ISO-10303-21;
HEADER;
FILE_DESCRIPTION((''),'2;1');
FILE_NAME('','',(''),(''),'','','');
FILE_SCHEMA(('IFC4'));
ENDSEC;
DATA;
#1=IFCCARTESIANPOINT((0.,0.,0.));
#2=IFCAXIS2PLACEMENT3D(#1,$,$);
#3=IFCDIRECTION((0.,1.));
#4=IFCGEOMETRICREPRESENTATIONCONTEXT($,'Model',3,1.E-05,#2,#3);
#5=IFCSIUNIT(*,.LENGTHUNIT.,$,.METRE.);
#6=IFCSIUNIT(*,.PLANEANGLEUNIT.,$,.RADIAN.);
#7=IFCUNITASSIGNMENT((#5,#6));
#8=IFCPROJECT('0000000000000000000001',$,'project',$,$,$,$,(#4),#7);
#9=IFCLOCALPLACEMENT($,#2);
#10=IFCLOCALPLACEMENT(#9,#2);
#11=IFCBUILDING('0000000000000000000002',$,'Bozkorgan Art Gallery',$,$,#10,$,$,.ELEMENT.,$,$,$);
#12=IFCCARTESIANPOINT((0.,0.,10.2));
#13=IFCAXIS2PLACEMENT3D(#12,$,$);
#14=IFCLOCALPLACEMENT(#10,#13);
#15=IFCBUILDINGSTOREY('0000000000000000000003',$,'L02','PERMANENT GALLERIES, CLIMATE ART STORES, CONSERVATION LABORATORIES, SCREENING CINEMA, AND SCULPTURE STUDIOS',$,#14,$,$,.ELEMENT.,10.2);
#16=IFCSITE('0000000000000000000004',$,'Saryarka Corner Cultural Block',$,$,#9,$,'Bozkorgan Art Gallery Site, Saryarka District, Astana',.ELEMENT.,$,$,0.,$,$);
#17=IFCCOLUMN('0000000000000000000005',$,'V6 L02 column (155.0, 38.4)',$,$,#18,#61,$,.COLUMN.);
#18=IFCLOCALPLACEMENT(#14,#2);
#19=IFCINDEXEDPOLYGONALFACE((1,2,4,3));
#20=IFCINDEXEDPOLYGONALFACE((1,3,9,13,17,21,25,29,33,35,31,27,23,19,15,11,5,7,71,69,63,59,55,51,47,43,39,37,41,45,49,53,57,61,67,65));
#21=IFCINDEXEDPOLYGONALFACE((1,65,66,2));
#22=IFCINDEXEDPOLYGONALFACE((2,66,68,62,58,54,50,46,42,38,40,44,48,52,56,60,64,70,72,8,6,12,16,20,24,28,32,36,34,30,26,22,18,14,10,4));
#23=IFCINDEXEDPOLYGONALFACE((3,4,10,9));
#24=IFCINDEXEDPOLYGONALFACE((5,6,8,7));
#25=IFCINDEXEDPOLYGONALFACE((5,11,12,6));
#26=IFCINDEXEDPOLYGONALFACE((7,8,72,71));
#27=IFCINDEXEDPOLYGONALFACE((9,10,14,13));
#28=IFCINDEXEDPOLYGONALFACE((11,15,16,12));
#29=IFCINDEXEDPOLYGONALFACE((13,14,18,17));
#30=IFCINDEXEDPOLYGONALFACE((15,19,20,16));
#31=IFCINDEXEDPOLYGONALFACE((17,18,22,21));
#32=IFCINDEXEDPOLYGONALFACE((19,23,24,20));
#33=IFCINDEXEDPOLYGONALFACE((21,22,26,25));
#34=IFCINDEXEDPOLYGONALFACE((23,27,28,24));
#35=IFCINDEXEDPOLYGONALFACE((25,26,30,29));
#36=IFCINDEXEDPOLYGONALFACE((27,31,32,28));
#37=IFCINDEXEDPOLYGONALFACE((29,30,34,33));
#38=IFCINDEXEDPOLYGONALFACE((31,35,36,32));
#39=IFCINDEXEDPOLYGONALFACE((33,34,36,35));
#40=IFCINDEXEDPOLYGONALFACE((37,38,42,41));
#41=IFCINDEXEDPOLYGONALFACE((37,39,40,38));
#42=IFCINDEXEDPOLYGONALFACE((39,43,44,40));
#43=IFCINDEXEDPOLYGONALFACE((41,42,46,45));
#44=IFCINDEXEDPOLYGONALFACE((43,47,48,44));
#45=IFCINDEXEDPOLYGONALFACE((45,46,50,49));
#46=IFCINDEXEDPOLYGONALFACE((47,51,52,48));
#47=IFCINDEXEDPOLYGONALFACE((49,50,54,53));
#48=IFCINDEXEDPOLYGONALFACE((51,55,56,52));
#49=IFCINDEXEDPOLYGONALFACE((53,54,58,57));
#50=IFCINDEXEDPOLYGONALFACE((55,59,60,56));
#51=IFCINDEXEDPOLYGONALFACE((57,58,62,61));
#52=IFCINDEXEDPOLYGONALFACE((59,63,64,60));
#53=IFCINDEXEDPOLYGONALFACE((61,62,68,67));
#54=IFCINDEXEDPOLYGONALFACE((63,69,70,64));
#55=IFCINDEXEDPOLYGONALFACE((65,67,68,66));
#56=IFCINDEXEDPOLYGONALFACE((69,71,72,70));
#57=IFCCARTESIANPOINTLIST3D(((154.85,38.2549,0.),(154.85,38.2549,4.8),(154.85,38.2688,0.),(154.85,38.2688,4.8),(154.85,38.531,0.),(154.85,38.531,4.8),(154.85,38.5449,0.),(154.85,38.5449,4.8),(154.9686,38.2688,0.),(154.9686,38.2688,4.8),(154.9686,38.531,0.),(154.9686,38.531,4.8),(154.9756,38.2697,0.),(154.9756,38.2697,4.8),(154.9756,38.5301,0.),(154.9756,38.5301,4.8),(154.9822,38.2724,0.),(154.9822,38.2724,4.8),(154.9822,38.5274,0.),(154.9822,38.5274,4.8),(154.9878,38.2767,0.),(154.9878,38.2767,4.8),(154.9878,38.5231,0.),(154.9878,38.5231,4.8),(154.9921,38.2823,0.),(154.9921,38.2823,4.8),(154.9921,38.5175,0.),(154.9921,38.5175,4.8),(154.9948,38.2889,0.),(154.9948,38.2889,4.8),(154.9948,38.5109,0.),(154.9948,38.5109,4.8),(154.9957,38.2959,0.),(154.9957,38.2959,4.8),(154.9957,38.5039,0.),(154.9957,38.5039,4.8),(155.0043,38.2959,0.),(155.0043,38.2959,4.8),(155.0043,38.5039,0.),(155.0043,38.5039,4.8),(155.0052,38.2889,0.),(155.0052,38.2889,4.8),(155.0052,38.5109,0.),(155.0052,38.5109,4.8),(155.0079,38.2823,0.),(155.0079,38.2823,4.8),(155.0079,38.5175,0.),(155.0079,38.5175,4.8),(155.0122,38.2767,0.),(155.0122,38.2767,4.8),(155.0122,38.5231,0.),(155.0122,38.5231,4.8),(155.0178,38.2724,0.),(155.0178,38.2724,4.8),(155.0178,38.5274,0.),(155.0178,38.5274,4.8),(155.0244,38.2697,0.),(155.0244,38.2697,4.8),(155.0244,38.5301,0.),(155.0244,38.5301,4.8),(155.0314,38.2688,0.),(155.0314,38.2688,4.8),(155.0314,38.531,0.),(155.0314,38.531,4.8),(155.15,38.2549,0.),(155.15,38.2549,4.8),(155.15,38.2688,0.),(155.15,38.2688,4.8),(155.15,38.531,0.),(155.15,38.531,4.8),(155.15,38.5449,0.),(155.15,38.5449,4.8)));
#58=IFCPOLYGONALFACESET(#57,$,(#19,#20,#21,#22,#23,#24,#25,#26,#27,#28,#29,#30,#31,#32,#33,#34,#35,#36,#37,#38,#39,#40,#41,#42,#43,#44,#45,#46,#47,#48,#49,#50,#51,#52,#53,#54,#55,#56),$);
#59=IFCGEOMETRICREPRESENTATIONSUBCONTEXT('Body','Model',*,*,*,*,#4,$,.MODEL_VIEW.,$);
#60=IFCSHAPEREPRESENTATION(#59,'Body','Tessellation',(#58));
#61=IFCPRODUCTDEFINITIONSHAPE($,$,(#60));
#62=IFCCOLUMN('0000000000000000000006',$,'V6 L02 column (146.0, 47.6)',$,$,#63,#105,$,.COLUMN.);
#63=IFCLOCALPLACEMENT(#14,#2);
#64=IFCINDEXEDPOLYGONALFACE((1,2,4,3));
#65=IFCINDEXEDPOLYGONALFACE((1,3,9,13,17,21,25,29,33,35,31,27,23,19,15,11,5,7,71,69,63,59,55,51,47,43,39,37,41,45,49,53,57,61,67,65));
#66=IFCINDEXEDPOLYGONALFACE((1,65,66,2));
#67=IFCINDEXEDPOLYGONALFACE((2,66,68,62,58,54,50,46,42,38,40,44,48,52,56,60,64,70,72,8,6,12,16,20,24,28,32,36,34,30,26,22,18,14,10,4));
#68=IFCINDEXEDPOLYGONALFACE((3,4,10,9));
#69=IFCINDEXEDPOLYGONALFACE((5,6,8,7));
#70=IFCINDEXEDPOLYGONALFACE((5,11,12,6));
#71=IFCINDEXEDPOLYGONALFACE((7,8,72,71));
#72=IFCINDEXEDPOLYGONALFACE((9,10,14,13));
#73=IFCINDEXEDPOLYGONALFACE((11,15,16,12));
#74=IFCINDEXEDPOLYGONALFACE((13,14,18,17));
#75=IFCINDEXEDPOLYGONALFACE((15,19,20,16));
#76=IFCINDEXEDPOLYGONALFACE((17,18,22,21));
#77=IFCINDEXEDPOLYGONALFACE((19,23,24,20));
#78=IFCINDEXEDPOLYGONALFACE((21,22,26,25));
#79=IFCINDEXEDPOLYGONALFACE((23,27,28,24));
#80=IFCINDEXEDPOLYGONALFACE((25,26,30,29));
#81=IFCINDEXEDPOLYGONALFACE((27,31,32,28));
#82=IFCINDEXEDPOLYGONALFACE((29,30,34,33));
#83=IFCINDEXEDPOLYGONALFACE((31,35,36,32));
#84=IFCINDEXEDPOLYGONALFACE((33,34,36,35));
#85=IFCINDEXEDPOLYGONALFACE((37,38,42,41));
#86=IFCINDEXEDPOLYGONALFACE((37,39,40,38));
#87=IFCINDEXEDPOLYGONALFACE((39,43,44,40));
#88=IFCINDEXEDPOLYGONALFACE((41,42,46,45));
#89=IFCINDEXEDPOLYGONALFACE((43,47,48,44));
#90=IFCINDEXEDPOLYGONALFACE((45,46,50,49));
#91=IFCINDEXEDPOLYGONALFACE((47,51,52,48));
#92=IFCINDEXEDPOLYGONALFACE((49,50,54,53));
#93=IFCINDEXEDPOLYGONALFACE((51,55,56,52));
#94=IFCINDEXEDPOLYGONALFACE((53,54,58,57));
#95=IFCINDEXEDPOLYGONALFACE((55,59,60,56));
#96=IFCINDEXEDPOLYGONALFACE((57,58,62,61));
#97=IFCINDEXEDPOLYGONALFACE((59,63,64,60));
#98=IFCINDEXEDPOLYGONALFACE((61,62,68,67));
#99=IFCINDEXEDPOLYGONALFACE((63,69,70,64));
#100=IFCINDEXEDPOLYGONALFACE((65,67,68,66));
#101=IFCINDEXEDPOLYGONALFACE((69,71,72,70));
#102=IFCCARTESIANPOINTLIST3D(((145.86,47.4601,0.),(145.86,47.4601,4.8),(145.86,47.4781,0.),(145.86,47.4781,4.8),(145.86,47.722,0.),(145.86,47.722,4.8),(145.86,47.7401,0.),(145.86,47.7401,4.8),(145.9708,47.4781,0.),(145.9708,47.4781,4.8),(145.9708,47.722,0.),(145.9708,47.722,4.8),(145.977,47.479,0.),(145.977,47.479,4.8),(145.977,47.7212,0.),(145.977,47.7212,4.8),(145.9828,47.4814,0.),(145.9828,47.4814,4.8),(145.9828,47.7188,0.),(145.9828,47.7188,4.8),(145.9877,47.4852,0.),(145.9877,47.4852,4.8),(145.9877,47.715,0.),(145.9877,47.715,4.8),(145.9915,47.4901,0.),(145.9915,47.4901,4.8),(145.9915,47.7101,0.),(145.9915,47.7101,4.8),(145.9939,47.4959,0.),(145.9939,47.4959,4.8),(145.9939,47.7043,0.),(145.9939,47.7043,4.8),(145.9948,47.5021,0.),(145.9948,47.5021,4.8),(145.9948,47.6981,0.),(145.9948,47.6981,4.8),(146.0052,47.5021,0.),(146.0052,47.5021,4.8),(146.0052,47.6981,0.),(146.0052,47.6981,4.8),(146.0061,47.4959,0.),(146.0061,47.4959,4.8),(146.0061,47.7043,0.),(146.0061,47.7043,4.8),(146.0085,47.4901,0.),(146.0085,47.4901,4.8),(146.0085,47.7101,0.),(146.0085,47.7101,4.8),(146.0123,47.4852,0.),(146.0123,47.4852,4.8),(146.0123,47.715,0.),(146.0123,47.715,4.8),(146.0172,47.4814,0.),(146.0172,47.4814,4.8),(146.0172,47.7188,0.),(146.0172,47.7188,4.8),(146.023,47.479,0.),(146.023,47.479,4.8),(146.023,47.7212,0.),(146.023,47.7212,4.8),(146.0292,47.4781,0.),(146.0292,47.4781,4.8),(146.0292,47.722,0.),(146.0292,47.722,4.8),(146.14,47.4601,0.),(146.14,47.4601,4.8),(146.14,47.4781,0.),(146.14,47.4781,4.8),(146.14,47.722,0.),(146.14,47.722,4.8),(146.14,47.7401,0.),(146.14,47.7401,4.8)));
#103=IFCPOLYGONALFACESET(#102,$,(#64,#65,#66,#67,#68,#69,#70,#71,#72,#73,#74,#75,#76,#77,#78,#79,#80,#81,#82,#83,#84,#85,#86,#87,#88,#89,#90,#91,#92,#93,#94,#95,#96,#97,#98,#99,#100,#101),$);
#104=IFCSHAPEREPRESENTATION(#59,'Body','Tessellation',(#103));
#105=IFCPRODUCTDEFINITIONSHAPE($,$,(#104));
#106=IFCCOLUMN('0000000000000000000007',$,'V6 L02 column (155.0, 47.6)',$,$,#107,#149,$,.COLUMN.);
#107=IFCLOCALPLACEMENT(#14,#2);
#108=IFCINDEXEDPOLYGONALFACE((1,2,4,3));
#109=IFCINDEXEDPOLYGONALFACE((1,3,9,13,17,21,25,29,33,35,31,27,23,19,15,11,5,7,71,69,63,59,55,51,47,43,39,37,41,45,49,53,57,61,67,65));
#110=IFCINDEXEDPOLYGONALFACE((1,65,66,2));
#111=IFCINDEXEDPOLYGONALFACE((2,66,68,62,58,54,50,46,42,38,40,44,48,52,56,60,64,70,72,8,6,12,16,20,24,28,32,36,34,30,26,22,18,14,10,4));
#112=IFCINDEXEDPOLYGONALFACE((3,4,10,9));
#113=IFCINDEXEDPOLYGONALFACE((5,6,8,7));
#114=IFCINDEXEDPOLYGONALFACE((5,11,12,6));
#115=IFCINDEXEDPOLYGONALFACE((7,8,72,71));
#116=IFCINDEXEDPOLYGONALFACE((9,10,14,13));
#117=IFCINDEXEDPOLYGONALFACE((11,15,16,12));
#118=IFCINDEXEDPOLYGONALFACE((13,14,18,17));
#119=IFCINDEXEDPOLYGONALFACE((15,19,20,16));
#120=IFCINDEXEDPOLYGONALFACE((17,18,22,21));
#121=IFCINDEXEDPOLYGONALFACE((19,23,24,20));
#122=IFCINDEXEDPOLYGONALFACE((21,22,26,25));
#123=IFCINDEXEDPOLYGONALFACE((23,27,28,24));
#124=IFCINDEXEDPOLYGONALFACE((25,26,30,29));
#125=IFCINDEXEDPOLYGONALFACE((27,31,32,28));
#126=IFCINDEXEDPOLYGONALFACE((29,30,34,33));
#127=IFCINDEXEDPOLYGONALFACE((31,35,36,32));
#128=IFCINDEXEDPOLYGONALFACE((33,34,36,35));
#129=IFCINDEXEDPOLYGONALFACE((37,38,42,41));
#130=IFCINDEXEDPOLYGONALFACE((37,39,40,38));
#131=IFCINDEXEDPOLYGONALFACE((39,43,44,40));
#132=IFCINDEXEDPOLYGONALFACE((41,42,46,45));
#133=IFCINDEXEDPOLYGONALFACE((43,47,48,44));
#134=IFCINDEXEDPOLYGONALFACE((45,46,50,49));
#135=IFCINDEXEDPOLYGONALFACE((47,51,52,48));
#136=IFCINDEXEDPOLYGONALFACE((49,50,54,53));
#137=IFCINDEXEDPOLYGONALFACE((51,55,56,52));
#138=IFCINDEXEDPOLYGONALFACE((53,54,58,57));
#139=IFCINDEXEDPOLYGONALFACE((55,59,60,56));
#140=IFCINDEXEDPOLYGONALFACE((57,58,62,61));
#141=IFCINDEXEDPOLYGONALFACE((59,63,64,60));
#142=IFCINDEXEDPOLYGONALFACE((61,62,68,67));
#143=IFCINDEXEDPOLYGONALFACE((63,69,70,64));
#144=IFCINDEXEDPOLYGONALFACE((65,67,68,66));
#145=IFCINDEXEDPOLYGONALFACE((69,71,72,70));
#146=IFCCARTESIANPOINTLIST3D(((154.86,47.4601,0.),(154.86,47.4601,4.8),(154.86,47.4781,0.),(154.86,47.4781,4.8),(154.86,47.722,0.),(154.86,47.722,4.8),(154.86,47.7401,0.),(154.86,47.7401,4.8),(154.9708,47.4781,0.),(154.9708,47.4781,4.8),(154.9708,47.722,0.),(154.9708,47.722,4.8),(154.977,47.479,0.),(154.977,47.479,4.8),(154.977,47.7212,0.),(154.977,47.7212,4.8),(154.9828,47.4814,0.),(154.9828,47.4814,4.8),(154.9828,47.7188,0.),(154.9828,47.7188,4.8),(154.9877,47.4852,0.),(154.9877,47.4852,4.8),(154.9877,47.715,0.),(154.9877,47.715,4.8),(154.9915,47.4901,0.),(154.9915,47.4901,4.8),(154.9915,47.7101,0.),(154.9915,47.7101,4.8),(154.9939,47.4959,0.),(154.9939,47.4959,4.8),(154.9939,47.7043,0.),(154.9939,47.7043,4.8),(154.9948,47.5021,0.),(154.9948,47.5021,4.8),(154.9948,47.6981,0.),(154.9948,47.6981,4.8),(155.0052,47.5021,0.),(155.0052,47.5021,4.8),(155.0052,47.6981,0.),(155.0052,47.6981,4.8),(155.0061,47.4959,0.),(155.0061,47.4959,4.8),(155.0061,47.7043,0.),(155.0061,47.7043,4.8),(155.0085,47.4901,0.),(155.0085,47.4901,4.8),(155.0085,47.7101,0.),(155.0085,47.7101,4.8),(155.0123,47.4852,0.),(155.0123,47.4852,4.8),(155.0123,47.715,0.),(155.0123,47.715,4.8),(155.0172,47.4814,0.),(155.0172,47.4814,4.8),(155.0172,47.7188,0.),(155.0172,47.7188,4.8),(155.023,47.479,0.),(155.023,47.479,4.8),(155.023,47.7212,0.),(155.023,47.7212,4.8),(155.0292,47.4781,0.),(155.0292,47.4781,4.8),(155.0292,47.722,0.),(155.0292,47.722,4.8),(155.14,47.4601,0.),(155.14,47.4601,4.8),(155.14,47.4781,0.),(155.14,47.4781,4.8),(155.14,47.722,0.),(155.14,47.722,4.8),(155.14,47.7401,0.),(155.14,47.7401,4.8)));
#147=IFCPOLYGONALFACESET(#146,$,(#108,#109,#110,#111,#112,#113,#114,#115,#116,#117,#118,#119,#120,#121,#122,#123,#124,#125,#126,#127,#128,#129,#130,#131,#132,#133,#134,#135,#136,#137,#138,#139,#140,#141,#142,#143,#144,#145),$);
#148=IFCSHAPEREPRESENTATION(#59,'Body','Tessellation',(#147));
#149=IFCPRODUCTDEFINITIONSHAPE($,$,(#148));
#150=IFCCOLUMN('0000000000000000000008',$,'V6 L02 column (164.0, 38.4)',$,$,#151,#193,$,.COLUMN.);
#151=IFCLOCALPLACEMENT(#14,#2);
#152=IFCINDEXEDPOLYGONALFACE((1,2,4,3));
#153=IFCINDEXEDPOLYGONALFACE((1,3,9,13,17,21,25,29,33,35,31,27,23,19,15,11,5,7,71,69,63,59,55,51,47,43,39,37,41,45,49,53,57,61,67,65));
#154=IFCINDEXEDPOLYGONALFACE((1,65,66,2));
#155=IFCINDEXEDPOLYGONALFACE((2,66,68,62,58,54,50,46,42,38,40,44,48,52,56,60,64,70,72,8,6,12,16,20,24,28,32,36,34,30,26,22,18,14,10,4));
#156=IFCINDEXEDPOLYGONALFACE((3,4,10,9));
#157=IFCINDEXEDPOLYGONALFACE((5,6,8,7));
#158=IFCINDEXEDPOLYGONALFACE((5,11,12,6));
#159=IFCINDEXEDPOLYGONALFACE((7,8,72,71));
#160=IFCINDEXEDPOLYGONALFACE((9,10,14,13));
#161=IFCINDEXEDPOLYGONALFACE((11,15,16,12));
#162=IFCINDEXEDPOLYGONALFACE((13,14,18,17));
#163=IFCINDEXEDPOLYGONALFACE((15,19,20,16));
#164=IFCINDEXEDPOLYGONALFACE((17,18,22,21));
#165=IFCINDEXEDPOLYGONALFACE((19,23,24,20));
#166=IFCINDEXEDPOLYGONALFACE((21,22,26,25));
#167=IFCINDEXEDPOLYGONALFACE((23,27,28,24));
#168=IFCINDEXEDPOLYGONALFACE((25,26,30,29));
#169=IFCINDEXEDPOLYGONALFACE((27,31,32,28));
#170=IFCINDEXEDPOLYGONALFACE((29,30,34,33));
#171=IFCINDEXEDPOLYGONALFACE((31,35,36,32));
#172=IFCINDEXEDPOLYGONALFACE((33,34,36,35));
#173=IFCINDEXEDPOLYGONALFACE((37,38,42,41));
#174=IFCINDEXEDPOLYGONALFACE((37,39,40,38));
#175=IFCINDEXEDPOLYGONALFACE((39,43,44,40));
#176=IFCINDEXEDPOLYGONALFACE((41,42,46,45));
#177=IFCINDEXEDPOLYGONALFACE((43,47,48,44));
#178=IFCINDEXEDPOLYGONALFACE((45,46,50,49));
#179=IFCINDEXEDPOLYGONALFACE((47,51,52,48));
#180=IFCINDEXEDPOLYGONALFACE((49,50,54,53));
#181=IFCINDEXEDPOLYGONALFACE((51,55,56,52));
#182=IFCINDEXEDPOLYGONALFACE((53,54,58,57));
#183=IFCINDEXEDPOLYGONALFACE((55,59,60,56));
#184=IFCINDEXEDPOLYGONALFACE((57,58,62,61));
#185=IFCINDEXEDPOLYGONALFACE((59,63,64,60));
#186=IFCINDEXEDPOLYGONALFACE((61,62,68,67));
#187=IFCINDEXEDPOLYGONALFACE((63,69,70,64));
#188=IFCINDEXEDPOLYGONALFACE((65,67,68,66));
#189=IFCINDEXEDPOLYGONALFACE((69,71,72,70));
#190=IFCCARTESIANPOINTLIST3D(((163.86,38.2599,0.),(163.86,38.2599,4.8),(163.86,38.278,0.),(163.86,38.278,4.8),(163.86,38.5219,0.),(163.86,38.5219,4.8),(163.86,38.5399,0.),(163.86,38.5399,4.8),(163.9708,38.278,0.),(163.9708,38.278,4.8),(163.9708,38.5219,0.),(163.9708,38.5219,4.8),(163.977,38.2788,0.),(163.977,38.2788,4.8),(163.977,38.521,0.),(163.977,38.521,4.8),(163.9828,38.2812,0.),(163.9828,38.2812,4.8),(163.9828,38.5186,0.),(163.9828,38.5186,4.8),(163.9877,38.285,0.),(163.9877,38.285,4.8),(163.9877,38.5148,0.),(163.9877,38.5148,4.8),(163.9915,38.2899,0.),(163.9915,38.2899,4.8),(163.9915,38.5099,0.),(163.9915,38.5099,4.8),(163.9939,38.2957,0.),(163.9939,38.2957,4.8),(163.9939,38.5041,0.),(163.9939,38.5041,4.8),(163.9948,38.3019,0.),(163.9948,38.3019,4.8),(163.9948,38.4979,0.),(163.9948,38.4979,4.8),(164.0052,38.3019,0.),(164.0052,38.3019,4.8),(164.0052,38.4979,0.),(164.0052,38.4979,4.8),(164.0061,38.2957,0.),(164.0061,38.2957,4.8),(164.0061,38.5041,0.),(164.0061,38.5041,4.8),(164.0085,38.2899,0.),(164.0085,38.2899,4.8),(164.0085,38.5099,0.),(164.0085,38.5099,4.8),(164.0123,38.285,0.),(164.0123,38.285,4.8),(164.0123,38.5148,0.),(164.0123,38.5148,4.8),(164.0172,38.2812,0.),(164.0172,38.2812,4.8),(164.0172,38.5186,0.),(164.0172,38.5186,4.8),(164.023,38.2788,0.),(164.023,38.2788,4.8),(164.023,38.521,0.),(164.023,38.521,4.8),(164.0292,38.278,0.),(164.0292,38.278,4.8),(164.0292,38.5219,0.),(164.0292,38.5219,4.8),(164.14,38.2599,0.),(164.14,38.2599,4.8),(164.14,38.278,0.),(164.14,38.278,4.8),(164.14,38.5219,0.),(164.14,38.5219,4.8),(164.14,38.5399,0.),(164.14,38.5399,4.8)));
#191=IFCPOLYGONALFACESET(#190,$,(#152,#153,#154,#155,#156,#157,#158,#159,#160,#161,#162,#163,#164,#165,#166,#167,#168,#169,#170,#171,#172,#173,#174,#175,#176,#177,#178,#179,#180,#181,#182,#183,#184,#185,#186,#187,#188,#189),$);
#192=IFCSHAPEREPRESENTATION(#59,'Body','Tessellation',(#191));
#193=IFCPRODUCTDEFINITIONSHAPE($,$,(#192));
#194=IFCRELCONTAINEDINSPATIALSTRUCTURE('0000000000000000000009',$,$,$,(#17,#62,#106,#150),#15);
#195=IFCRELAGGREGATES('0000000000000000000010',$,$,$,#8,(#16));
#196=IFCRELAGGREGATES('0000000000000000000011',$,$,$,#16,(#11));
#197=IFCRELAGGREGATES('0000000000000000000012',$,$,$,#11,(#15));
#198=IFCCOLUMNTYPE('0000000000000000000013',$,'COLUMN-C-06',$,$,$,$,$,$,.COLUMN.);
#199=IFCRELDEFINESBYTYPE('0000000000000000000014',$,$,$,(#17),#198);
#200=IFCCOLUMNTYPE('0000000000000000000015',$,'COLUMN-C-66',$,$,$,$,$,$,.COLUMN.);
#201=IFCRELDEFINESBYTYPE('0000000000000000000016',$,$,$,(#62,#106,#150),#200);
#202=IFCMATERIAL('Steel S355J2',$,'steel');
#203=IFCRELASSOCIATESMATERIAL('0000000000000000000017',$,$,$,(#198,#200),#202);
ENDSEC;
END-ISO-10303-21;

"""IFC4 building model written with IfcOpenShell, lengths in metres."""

from ifc_helpers import new_model, si_unit, direction, frame, origin, origin_2d, place, context, subcontext, project, spatial, i_section, extrude, material, material_profile, profile_set, type_object, element, save


model = new_model("IFC4")

# Units and contexts
model_context = context("Model", 3, precision=1e-05, world=origin(), true_north=direction((0.0, 1.0)))
body_context = subcontext(model_context, "Body", "Model", "MODEL_VIEW")
ifc_project = project(units=[si_unit("LENGTHUNIT", "METRE"), si_unit("PLANEANGLEUNIT", "RADIAN")], contexts=[model_context])

# Site, building, storey
site_placement = place(None, origin())
site = spatial("IfcSite", under=ifc_project, at=site_placement, Name="Saryarka Corner Cultural Block", LongName="Bozkorgan Art Gallery Site, Saryarka District, Astana", CompositionType="ELEMENT", RefElevation=0.0)
building_placement = place(site_placement, origin())
building = spatial("IfcBuilding", under=site, at=building_placement, Name="Bozkorgan Art Gallery", CompositionType="ELEMENT")
storey_placement = place(building_placement, frame((0.0, 0.0, 10.2)))
storey = spatial("IfcBuildingStorey", under=building, at=storey_placement, Name="L02", Description="PERMANENT GALLERIES, CLIMATE ART STORES, CONSERVATION LABORATORIES, SCREENING CINEMA, AND SCULPTURE STUDIOS", CompositionType="ELEMENT", Elevation=10.2)

# Columns
ifc_material_1 = material(Name="Steel S355J2", Category="steel")
ifc_material_profile_1 = material_profile(ifc_material_1, i_section(OverallWidth=0.3, OverallDepth=0.29, WebThickness=0.0085, FlangeThickness=0.0139, FilletRadius=0.0271, at=origin_2d()), Name="HEA 300")
ifc_profile_set_1 = profile_set([ifc_material_profile_1], Name="Steel S355J2")
column_type_1 = type_object("IfcColumnType", Name="COLUMN-C-06", PredefinedType="COLUMN", material=ifc_profile_set_1)
column_placement = place(storey_placement, frame((155.0, 38.3999, 0.0), z_axis=(0.0, 0.0, 1.0), x_axis=(1.0, 0.0, 0.0)))
element("IfcColumn", 1, at=column_placement, inside=storey, type_object=column_type_1, Name="V6 L02 column (155.0, 38.4)", PredefinedType="COLUMN", context=body_context, shape_type="SweptSolid", body=[
    extrude(i_section(OverallWidth=0.3, OverallDepth=0.29, WebThickness=0.0085, FlangeThickness=0.0139, FilletRadius=0.0271, at=origin_2d()), origin(), (0.0, 0.0, 1.0), 4.8),
])
ifc_material_profile_2 = material_profile(ifc_material_1, i_section(OverallWidth=0.28, OverallDepth=0.28, WebThickness=0.0105, FlangeThickness=0.0181, FilletRadius=0.0239, at=origin_2d()), Name="HEB 280")
ifc_profile_set_2 = profile_set([ifc_material_profile_2], Name="Steel S355J2")
column_type_2 = type_object("IfcColumnType", Name="COLUMN-C-66", PredefinedType="COLUMN", material=ifc_profile_set_2)
for number, where, z_axis, x_axis, name in (
    (2, (146.0, 47.6001, 0.0), (0.0, 0.0, 1.0), (1.0, 0.0, 0.0), "V6 L02 column (146.0, 47.6)"),
    (3, (155.0, 47.6001, 0.0), (0.0, 0.0, 1.0), (1.0, 0.0, 0.0), "V6 L02 column (155.0, 47.6)"),
    (4, (164.0, 38.3999, 0.0), (0.0, 0.0, 1.0), (1.0, 0.0, 0.0), "V6 L02 column (164.0, 38.4)"),
):
    element("IfcColumn", number, at=place(storey_placement, frame(where, z_axis=z_axis, x_axis=x_axis)), inside=storey, type_object=column_type_2, Name=name, PredefinedType="COLUMN", context=body_context, shape_type="SweptSolid", body=[
        extrude(i_section(OverallWidth=0.28, OverallDepth=0.28, WebThickness=0.0105, FlangeThickness=0.0181, FilletRadius=0.0239, at=origin_2d()), origin(), (0.0, 0.0, 1.0), 4.8),
    ])

save(model, "model.ifc")
